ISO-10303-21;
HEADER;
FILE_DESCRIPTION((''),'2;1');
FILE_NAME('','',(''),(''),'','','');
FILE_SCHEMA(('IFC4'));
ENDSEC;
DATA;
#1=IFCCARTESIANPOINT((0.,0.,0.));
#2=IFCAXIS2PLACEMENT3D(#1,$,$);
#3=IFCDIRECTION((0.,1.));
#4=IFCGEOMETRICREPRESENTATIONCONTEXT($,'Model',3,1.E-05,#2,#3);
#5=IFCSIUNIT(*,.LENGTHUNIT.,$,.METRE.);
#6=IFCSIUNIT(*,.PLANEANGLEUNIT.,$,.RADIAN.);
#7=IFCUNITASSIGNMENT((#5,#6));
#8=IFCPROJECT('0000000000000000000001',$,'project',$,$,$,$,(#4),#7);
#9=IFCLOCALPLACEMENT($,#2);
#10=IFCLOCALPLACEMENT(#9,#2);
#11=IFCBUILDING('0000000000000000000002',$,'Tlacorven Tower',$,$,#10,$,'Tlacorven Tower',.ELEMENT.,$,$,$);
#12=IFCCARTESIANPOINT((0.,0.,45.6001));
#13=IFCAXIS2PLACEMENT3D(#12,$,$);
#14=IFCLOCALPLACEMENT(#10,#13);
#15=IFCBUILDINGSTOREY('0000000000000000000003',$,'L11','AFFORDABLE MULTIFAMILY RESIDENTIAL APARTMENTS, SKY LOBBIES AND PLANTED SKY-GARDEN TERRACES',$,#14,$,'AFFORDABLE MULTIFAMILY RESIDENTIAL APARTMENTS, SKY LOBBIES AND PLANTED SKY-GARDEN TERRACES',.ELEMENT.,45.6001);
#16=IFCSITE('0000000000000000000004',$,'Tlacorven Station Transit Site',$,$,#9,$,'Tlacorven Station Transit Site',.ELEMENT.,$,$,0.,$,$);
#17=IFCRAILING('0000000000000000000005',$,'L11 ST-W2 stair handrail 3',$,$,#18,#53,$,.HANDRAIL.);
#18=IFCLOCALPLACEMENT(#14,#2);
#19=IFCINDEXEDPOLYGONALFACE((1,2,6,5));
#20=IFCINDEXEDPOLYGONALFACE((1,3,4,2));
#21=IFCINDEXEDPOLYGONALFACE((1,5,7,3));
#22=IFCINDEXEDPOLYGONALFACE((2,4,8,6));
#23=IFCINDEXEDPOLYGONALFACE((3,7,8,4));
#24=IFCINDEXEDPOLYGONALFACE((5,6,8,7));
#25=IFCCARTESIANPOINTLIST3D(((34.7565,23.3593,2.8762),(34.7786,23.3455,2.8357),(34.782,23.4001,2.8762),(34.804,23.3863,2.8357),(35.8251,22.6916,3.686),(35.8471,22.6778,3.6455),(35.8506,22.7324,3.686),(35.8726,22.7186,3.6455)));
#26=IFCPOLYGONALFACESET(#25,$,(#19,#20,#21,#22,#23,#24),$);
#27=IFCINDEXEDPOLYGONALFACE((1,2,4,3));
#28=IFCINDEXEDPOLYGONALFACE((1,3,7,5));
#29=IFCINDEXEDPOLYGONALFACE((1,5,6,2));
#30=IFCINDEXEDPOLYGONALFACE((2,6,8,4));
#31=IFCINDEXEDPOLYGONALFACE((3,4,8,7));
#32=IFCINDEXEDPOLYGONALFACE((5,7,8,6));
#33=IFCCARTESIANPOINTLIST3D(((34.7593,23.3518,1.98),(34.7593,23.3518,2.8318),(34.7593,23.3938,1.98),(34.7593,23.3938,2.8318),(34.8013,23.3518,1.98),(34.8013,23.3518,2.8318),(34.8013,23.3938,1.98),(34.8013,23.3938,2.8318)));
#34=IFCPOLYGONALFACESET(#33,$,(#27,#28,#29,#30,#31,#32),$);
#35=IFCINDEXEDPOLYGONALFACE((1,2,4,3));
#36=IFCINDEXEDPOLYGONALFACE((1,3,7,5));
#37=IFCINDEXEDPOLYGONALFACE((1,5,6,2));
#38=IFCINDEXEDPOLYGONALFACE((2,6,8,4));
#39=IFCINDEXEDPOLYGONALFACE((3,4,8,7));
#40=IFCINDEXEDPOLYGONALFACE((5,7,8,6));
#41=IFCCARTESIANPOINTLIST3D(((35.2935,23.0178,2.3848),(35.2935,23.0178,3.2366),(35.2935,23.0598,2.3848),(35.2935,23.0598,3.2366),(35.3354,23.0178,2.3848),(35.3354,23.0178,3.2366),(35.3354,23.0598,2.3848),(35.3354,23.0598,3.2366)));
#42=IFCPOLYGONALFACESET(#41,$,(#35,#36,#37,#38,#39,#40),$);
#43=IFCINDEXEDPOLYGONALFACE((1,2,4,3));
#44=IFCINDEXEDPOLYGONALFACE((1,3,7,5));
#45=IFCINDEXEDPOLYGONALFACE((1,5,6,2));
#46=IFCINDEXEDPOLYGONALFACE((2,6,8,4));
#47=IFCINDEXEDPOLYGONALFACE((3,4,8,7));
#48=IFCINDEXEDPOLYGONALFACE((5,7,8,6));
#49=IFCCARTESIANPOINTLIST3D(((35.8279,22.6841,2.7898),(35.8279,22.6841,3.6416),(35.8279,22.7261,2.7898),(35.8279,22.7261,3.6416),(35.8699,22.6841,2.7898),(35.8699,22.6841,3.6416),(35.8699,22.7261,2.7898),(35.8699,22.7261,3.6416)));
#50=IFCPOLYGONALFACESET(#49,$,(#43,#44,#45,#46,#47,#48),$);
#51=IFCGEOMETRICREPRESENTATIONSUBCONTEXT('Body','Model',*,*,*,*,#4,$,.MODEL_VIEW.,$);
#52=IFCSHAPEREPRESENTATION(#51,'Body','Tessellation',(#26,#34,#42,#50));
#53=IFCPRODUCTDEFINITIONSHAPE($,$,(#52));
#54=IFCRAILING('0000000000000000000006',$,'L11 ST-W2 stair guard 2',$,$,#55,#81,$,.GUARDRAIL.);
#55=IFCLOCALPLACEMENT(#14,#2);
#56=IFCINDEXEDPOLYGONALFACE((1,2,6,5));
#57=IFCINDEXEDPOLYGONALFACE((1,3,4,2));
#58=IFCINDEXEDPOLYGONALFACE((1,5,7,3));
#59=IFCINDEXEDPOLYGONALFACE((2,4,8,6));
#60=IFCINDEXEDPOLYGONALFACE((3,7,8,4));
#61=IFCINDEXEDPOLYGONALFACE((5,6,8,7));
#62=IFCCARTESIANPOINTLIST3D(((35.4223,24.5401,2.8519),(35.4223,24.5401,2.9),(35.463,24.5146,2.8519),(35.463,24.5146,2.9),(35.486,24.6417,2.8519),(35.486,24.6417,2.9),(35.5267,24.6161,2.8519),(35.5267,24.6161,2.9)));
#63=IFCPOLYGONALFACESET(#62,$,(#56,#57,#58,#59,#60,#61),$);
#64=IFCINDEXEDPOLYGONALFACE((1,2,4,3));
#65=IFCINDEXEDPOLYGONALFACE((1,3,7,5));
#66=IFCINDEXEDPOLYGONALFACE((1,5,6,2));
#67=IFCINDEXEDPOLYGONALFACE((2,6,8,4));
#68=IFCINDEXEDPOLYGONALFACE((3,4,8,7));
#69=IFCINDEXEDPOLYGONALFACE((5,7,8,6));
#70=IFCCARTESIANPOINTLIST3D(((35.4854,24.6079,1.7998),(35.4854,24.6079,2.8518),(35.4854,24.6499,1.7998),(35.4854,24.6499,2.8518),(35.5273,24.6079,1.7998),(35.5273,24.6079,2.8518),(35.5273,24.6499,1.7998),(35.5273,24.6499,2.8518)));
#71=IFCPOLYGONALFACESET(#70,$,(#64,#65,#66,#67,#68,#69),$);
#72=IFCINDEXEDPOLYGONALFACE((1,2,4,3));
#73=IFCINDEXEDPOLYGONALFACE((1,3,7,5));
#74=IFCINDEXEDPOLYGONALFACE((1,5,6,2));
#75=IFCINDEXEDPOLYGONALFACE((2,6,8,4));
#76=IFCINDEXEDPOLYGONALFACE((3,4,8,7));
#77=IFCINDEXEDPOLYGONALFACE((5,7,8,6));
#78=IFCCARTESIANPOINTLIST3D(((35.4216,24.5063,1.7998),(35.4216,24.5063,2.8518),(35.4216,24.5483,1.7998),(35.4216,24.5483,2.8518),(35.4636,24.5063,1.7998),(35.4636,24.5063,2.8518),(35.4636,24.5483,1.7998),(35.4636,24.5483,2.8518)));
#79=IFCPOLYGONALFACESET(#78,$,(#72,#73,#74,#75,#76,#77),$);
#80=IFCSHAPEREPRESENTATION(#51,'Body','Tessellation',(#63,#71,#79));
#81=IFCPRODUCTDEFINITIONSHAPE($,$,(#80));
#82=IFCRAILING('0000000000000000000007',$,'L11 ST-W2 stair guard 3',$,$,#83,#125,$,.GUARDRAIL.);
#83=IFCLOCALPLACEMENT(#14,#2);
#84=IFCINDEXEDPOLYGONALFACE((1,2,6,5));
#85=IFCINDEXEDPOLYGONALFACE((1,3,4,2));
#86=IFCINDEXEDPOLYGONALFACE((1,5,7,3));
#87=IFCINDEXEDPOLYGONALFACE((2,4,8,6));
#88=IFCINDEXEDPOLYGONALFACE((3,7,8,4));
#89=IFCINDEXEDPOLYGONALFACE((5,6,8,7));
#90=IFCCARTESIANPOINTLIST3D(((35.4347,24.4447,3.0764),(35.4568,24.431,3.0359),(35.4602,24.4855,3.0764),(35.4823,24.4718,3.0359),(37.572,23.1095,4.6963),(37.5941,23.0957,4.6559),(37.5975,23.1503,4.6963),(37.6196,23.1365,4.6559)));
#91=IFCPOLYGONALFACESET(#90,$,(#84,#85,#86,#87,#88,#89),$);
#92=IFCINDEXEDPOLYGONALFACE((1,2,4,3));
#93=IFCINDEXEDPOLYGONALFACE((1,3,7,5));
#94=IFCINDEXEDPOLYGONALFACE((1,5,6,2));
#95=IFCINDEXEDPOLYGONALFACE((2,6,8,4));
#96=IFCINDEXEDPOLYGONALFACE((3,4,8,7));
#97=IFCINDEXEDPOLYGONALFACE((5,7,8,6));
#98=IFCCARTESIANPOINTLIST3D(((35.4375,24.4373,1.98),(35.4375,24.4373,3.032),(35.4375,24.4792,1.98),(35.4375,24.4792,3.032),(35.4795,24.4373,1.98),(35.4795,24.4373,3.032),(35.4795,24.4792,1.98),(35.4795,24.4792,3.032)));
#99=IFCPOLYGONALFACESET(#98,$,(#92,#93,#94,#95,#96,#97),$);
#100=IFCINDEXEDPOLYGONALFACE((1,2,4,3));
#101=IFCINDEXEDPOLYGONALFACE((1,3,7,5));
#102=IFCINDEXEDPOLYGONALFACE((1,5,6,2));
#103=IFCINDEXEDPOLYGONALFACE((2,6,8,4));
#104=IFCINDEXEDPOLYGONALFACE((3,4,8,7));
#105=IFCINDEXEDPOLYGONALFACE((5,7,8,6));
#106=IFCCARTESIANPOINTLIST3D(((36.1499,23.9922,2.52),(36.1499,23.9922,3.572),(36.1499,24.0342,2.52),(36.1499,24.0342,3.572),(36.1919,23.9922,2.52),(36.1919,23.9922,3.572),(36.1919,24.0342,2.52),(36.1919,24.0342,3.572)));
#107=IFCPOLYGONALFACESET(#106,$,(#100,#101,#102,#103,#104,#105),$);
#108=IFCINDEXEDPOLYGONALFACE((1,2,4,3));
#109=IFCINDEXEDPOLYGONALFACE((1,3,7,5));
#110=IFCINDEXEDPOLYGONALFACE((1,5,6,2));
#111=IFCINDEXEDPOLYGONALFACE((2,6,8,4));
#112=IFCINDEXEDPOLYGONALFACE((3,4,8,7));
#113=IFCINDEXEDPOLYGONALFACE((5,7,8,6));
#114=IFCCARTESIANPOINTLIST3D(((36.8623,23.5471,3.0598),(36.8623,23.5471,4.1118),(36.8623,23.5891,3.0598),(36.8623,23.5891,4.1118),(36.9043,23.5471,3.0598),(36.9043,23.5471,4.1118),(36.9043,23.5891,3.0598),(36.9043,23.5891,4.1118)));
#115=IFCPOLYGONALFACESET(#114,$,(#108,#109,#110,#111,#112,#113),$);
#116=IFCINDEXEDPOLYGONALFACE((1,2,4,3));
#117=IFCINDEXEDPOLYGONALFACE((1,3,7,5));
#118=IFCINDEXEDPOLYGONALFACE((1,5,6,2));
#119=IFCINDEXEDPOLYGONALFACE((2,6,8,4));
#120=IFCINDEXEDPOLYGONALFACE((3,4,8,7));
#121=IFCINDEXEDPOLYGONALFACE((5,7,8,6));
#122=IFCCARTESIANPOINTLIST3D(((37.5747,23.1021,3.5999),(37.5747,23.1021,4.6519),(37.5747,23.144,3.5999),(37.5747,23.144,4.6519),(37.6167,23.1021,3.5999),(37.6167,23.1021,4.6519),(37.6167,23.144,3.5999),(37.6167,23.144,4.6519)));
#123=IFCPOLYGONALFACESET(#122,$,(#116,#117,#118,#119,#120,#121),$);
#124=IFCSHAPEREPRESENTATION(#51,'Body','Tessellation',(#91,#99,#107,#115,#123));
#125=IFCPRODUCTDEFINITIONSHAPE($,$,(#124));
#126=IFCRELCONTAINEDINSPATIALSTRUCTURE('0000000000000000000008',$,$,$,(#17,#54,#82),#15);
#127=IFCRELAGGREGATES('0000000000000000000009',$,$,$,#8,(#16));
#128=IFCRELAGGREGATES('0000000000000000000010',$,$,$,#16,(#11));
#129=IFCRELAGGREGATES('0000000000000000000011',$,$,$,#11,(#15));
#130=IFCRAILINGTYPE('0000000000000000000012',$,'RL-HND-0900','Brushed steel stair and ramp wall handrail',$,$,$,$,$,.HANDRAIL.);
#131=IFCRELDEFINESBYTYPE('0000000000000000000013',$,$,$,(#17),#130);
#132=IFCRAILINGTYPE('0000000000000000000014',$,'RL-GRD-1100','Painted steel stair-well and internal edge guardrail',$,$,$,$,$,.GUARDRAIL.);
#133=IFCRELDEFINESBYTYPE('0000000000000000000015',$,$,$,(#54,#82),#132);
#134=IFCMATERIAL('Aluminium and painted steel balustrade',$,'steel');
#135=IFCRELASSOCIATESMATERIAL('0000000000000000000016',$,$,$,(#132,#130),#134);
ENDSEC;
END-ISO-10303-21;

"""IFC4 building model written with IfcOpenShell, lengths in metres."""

from ifc_helpers import new_model, si_unit, direction, frame, origin, origin_2d, place, context, subcontext, project, spatial, rectangle, extrude, source, transform, mapped, material, type_object, element, save


model = new_model("IFC4")

# Units and contexts
model_context = context("Model", 3, precision=1e-05, world=origin(), true_north=direction((0.0, 1.0)))
body_context = subcontext(model_context, "Body", "Model", "MODEL_VIEW")
ifc_project = project(units=[si_unit("LENGTHUNIT", "METRE"), si_unit("PLANEANGLEUNIT", "RADIAN")], contexts=[model_context])

# Site, building, storey
site_placement = place(None, origin())
site = spatial("IfcSite", under=ifc_project, at=site_placement, Name="Tlacorven Station Transit Site", LongName="Tlacorven Station Transit Site", CompositionType="ELEMENT", RefElevation=0.0)
building_placement = place(site_placement, origin())
building = spatial("IfcBuilding", under=site, at=building_placement, Name="Tlacorven Tower", LongName="Tlacorven Tower", CompositionType="ELEMENT")
storey_placement = place(building_placement, frame((0.0, 0.0, 45.6001)))
storey = spatial("IfcBuildingStorey", under=building, at=storey_placement, Name="L11", Description="AFFORDABLE MULTIFAMILY RESIDENTIAL APARTMENTS, SKY LOBBIES AND PLANTED SKY-GARDEN TERRACES", LongName="AFFORDABLE MULTIFAMILY RESIDENTIAL APARTMENTS, SKY LOBBIES AND PLANTED SKY-GARDEN TERRACES", CompositionType="ELEMENT", Elevation=45.6001)

# Railings
ifc_material_1 = material(Name="Aluminium and painted steel balustrade", Category="steel")
railing_type_1 = type_object("IfcRailingType", Name="RL-GRD-1100", Description="Painted steel stair-well and internal edge guardrail", PredefinedType="GUARDRAIL", material=ifc_material_1)
railing_type_2 = type_object("IfcRailingType", Name="RL-HND-0900", Description="Brushed steel stair and ramp wall handrail", PredefinedType="HANDRAIL", material=ifc_material_1)
shared_shape_1 = source(origin(), body_context, "Body", "SweptSolid", [
    extrude(rectangle(XDim=0.0481, YDim=0.0481, at=origin_2d()), frame((0.0, 0.0, 0.876), z_axis=(0.713423, -0.445787, 0.540649), x_axis=(0.529912, 0.848053, 0.0)), (0.0, 0.0, 1.0), 1.4978),
    extrude(rectangle(XDim=0.042, YDim=0.042, at=origin_2d()), origin(), (0.0, 0.0, 1.0), 0.8518),
    extrude(rectangle(XDim=0.042, YDim=0.042, at=origin_2d()), frame((0.5342, -0.334, 0.4048)), (0.0, 0.0, 1.0), 0.8518),
    extrude(rectangle(XDim=0.042, YDim=0.042, at=origin_2d()), frame((1.0686, -0.6677, 0.8098)), (0.0, 0.0, 1.0), 0.8518),
])
railing_1_placement = place(storey_placement, frame((34.7803, 23.3728, 1.98)))
element("IfcRailing", 1, at=railing_1_placement, inside=storey, type_object=railing_type_2, Name="L11 ST-W2 stair handrail 3", PredefinedType="HANDRAIL", context=body_context, shape_type="MappedRepresentation", body=[
    mapped(shared_shape_1, transform((0.0, 0.0, 0.0), scale=1.0)),
])
shared_shape_2 = source(origin(), body_context, "Body", "SweptSolid", [
    extrude(rectangle(XDim=0.0481, YDim=0.0481, at=origin_2d()), frame((0.0, 0.0, 1.0762), z_axis=(-0.531462, -0.847082, 0.0), x_axis=(0.847082, -0.531462, 0.0)), (0.0, 0.0, 1.0), 0.1199),
    extrude(rectangle(XDim=0.042, YDim=0.042, at=origin_2d()), origin(), (0.0, 0.0, 1.0), 1.052),
    extrude(rectangle(XDim=0.042, YDim=0.042, at=origin_2d()), frame((-0.0637, -0.1016, 0.0)), (0.0, 0.0, 1.0), 1.052),
])
railing_2_placement = place(storey_placement, frame((35.5063, 24.6289, 1.7998)))
element("IfcRailing", 2, at=railing_2_placement, inside=storey, type_object=railing_type_1, Name="L11 ST-W2 stair guard 2", PredefinedType="GUARDRAIL", context=body_context, shape_type="MappedRepresentation", body=[
    mapped(shared_shape_2, transform((0.0, 0.0, 0.0), scale=1.0)),
])
shared_shape_3 = source(origin(), body_context, "Body", "SweptSolid", [
    extrude(rectangle(XDim=0.0481, YDim=0.0481, at=origin_2d()), frame((0.0, 0.0, 1.0762), z_axis=(0.713417, -0.445702, 0.540727), x_axis=(0.529842, 0.848096, 0.0)), (0.0, 0.0, 1.0), 2.9958),
    extrude(rectangle(XDim=0.042, YDim=0.042, at=origin_2d()), origin(), (0.0, 0.0, 1.0), 1.052),
    extrude(rectangle(XDim=0.042, YDim=0.042, at=origin_2d()), frame((0.7124, -0.4451, 0.54)), (0.0, 0.0, 1.0), 1.052),
    extrude(rectangle(XDim=0.042, YDim=0.042, at=origin_2d()), frame((1.4248, -0.8901, 1.0798)), (0.0, 0.0, 1.0), 1.052),
    extrude(rectangle(XDim=0.042, YDim=0.042, at=origin_2d()), frame((2.1372, -1.3352, 1.6199)), (0.0, 0.0, 1.0), 1.052),
])
railing_3_placement = place(storey_placement, frame((35.4585, 24.4583, 1.98)))
element("IfcRailing", 3, at=railing_3_placement, inside=storey, type_object=railing_type_1, Name="L11 ST-W2 stair guard 3", PredefinedType="GUARDRAIL", context=body_context, shape_type="MappedRepresentation", body=[
    mapped(shared_shape_3, transform((0.0, 0.0, 0.0), scale=1.0)),
])

save(model, "model.ifc")
